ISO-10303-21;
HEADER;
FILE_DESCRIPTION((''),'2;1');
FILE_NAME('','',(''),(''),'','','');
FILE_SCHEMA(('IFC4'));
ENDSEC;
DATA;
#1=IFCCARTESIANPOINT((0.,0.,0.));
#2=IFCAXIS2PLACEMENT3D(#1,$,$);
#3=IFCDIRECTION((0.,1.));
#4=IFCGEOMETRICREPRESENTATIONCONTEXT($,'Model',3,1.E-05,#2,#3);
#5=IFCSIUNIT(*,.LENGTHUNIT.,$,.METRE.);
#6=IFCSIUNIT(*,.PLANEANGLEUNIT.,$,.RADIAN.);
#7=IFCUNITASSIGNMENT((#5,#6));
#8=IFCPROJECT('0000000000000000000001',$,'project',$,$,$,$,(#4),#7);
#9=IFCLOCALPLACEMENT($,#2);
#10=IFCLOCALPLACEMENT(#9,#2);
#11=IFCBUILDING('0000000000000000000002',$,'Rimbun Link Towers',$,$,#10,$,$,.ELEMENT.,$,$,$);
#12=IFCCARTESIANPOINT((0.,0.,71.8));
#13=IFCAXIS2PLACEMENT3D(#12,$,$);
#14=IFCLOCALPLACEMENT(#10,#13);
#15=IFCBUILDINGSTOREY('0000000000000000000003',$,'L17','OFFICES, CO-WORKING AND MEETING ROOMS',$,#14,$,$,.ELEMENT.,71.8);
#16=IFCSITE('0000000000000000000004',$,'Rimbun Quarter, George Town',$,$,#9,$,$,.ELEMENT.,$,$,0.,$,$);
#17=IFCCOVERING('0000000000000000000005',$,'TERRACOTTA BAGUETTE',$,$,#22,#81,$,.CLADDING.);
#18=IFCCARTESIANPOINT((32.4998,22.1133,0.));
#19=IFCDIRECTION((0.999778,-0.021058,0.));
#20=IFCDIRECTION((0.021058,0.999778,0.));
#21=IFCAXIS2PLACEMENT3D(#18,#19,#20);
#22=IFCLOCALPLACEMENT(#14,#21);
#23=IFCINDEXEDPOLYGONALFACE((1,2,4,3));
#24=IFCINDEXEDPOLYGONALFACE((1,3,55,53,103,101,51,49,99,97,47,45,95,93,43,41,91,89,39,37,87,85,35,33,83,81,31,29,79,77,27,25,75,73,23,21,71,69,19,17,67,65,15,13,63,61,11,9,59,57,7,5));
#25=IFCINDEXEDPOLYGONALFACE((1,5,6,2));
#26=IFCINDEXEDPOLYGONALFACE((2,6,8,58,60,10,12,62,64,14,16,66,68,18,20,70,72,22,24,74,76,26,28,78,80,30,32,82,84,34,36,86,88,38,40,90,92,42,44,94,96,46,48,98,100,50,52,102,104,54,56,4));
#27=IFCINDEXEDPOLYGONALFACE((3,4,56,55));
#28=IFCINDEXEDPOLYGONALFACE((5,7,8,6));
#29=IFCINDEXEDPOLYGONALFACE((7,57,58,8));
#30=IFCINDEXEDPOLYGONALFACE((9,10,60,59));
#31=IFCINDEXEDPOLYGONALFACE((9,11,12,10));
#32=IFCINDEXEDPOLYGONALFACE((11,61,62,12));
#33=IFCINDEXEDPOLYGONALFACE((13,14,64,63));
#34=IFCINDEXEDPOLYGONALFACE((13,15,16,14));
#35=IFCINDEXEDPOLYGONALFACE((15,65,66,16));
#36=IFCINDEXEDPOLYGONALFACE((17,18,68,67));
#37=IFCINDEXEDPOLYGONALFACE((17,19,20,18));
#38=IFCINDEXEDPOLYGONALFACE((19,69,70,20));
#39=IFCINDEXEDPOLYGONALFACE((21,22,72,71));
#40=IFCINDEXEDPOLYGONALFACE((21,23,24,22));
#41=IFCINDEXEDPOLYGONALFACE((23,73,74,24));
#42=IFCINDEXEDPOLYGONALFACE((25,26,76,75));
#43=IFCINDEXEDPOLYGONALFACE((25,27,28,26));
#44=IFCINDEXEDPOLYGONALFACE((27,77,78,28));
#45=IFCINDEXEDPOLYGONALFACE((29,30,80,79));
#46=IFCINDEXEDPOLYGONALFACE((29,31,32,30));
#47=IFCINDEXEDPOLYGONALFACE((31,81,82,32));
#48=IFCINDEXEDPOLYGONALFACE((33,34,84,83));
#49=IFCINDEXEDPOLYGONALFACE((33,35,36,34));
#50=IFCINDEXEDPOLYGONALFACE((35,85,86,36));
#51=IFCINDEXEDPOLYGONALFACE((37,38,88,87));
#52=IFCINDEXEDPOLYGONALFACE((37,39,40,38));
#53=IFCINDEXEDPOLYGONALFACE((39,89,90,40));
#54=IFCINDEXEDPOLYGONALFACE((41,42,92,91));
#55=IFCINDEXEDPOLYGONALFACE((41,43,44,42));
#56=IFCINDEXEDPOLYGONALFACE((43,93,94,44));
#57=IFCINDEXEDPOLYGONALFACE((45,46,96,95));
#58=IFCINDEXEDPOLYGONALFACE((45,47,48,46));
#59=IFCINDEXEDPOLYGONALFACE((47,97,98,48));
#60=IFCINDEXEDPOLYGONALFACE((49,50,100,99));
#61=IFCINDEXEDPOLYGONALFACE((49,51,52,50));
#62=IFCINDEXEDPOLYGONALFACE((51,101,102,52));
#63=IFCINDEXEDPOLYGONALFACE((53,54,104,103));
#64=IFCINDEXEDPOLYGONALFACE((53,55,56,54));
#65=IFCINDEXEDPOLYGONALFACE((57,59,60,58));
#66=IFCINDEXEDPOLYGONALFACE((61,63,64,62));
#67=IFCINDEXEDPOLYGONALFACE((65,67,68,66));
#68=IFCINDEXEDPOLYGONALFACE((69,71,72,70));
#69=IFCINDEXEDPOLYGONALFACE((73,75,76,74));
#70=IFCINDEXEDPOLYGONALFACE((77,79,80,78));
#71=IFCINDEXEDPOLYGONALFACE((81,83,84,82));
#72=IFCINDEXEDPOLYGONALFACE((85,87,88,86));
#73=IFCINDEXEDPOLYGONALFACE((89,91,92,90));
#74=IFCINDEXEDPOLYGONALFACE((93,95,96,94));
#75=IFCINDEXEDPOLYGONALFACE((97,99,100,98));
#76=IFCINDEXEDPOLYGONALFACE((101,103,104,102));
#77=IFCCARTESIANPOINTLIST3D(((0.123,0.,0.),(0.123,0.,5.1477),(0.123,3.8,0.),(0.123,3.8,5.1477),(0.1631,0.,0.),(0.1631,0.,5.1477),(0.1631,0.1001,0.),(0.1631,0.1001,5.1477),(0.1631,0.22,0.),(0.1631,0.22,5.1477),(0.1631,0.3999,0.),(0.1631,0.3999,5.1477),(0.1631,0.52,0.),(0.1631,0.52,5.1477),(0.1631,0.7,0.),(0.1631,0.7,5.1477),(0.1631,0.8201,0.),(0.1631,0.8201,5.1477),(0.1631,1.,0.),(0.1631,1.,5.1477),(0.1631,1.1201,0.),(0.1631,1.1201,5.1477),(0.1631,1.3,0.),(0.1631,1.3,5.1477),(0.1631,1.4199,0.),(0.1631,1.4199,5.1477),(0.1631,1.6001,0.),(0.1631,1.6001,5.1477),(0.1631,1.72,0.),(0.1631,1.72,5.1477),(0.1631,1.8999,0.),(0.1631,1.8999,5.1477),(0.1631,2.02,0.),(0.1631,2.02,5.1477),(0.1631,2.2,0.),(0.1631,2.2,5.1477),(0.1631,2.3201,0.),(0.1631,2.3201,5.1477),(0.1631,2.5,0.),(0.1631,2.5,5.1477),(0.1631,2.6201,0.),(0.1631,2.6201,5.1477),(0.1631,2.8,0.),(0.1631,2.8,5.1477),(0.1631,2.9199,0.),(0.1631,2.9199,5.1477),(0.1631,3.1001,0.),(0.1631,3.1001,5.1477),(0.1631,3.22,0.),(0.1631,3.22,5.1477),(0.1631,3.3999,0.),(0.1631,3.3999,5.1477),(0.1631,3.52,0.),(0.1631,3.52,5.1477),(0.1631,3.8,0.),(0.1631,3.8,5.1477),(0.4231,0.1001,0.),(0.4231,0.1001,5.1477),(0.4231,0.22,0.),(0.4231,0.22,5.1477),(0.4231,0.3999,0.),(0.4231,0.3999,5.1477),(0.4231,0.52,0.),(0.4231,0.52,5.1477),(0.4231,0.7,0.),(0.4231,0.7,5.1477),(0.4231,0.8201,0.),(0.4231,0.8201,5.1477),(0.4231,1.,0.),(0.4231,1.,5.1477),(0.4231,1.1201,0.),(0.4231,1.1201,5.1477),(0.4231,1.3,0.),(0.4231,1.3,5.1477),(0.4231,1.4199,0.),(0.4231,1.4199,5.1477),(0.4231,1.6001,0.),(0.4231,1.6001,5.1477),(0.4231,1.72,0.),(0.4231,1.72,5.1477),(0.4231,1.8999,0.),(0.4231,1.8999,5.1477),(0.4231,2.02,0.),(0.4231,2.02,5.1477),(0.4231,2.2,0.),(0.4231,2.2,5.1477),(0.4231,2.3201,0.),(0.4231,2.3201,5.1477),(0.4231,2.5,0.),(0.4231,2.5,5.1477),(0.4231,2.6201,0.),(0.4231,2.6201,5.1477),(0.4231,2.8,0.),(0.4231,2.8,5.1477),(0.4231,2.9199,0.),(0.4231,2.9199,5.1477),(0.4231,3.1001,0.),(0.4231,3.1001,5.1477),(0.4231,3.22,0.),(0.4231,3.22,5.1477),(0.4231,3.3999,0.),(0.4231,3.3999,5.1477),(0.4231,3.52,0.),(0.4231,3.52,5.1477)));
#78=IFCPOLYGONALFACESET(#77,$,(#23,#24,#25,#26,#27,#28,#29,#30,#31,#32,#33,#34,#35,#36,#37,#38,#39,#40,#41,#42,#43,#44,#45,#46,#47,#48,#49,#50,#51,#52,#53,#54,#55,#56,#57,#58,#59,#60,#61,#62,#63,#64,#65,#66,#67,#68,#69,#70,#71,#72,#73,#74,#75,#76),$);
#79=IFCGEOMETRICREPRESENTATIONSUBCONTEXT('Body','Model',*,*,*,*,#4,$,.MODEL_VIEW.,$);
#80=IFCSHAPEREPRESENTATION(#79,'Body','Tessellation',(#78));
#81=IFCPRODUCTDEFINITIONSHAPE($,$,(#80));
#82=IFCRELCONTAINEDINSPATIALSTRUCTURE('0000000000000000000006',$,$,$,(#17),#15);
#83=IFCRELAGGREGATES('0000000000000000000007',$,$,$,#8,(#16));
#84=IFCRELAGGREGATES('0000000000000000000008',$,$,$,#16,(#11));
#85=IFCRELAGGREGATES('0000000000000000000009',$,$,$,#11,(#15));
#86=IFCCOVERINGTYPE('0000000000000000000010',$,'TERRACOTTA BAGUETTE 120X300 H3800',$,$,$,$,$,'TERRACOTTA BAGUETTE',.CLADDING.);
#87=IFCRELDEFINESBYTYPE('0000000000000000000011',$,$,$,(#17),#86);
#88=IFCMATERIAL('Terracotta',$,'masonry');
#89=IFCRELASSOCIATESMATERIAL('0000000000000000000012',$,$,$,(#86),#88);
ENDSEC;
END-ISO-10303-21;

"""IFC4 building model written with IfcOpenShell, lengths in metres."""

from ifc_helpers import new_model, si_unit, direction, frame, origin, place, context, subcontext, project, spatial, polyline, outline, extrude, material, material_profile, profile_set, type_object, element, save


model = new_model("IFC4")

# Units and contexts
model_context = context("Model", 3, precision=1e-05, world=origin(), true_north=direction((0.0, 1.0)))
body_context = subcontext(model_context, "Body", "Model", "MODEL_VIEW")
ifc_project = project(units=[si_unit("LENGTHUNIT", "METRE"), si_unit("PLANEANGLEUNIT", "RADIAN")], contexts=[model_context])

# Site, building, storey
site_placement = place(None, origin())
site = spatial("IfcSite", under=ifc_project, at=site_placement, Name="Rimbun Quarter, George Town", CompositionType="ELEMENT", RefElevation=0.0)
building_placement = place(site_placement, origin())
building = spatial("IfcBuilding", under=site, at=building_placement, Name="Rimbun Link Towers", CompositionType="ELEMENT")
storey_placement = place(building_placement, frame((0.0, 0.0, 71.8)))
storey = spatial("IfcBuildingStorey", under=building, at=storey_placement, Name="L17", Description="OFFICES, CO-WORKING AND MEETING ROOMS", CompositionType="ELEMENT", Elevation=71.8)

# Covering
ifc_material_1 = material(Name="Terracotta", Category="masonry")
ifc_material_profile_1 = material_profile(ifc_material_1, outline(polyline([(0.123, 0.0), (0.1631, 0.0), (0.1631, 0.1001), (0.4231, 0.1001), (0.4231, 0.22), (0.1631, 0.22), (0.1631, 0.3999), (0.4231, 0.3999), (0.4231, 0.52), (0.1631, 0.52), (0.1631, 0.7), (0.4231, 0.7), (0.4231, 0.8201), (0.1631, 0.8201), (0.1631, 1.0), (0.4231, 1.0), (0.4231, 1.1201), (0.1631, 1.1201), (0.1631, 1.3), (0.4231, 1.3), (0.4231, 1.4199), (0.1631, 1.4199), (0.1631, 1.6001), (0.4231, 1.6001), (0.4231, 1.72), (0.1631, 1.72), (0.1631, 1.8999), (0.4231, 1.8999), (0.4231, 2.02), (0.1631, 2.02), (0.1631, 2.2), (0.4231, 2.2), (0.4231, 2.3201), (0.1631, 2.3201), (0.1631, 2.5), (0.4231, 2.5), (0.4231, 2.6201), (0.1631, 2.6201), (0.1631, 2.8), (0.4231, 2.8), (0.4231, 2.9199), (0.1631, 2.9199), (0.1631, 3.1001), (0.4231, 3.1001), (0.4231, 3.22), (0.1631, 3.22), (0.1631, 3.3999), (0.4231, 3.3999), (0.4231, 3.52), (0.1631, 3.52), (0.1631, 3.8), (0.123, 3.8), (0.123, 0.0)])), Name="BAGUETTE 120X300")
ifc_profile_set_1 = profile_set([ifc_material_profile_1], Name="Terracotta")
covering_type = type_object("IfcCoveringType", Name="TERRACOTTA BAGUETTE 120X300 H3800", ElementType="TERRACOTTA BAGUETTE", PredefinedType="CLADDING", material=ifc_profile_set_1)
covering_1_placement = place(storey_placement, frame((32.4998, 22.1133, 0.0), z_axis=(0.999778, -0.021058, 0.0), x_axis=(0.021058, 0.999778, 0.0)))
element("IfcCovering", 1, at=covering_1_placement, inside=storey, type_object=covering_type, Name="TERRACOTTA BAGUETTE", PredefinedType="CLADDING", context=body_context, shape_type="SweptSolid", body=[
    extrude(outline(polyline([(0.123, 0.0), (0.1631, 0.0), (0.1631, 0.1001), (0.4231, 0.1001), (0.4231, 0.22), (0.1631, 0.22), (0.1631, 0.3999), (0.4231, 0.3999), (0.4231, 0.52), (0.1631, 0.52), (0.1631, 0.7), (0.4231, 0.7), (0.4231, 0.8201), (0.1631, 0.8201), (0.1631, 1.0), (0.4231, 1.0), (0.4231, 1.1201), (0.1631, 1.1201), (0.1631, 1.3), (0.4231, 1.3), (0.4231, 1.4199), (0.1631, 1.4199), (0.1631, 1.6001), (0.4231, 1.6001), (0.4231, 1.72), (0.1631, 1.72), (0.1631, 1.8999), (0.4231, 1.8999), (0.4231, 2.02), (0.1631, 2.02), (0.1631, 2.2), (0.4231, 2.2), (0.4231, 2.3201), (0.1631, 2.3201), (0.1631, 2.5), (0.4231, 2.5), (0.4231, 2.6201), (0.1631, 2.6201), (0.1631, 2.8), (0.4231, 2.8), (0.4231, 2.9199), (0.1631, 2.9199), (0.1631, 3.1001), (0.4231, 3.1001), (0.4231, 3.22), (0.1631, 3.22), (0.1631, 3.3999), (0.4231, 3.3999), (0.4231, 3.52), (0.1631, 3.52), (0.1631, 3.8), (0.123, 3.8), (0.123, 0.0)])), origin(), (0.0, 0.0, 1.0), 5.1477),
])

save(model, "model.ifc")
